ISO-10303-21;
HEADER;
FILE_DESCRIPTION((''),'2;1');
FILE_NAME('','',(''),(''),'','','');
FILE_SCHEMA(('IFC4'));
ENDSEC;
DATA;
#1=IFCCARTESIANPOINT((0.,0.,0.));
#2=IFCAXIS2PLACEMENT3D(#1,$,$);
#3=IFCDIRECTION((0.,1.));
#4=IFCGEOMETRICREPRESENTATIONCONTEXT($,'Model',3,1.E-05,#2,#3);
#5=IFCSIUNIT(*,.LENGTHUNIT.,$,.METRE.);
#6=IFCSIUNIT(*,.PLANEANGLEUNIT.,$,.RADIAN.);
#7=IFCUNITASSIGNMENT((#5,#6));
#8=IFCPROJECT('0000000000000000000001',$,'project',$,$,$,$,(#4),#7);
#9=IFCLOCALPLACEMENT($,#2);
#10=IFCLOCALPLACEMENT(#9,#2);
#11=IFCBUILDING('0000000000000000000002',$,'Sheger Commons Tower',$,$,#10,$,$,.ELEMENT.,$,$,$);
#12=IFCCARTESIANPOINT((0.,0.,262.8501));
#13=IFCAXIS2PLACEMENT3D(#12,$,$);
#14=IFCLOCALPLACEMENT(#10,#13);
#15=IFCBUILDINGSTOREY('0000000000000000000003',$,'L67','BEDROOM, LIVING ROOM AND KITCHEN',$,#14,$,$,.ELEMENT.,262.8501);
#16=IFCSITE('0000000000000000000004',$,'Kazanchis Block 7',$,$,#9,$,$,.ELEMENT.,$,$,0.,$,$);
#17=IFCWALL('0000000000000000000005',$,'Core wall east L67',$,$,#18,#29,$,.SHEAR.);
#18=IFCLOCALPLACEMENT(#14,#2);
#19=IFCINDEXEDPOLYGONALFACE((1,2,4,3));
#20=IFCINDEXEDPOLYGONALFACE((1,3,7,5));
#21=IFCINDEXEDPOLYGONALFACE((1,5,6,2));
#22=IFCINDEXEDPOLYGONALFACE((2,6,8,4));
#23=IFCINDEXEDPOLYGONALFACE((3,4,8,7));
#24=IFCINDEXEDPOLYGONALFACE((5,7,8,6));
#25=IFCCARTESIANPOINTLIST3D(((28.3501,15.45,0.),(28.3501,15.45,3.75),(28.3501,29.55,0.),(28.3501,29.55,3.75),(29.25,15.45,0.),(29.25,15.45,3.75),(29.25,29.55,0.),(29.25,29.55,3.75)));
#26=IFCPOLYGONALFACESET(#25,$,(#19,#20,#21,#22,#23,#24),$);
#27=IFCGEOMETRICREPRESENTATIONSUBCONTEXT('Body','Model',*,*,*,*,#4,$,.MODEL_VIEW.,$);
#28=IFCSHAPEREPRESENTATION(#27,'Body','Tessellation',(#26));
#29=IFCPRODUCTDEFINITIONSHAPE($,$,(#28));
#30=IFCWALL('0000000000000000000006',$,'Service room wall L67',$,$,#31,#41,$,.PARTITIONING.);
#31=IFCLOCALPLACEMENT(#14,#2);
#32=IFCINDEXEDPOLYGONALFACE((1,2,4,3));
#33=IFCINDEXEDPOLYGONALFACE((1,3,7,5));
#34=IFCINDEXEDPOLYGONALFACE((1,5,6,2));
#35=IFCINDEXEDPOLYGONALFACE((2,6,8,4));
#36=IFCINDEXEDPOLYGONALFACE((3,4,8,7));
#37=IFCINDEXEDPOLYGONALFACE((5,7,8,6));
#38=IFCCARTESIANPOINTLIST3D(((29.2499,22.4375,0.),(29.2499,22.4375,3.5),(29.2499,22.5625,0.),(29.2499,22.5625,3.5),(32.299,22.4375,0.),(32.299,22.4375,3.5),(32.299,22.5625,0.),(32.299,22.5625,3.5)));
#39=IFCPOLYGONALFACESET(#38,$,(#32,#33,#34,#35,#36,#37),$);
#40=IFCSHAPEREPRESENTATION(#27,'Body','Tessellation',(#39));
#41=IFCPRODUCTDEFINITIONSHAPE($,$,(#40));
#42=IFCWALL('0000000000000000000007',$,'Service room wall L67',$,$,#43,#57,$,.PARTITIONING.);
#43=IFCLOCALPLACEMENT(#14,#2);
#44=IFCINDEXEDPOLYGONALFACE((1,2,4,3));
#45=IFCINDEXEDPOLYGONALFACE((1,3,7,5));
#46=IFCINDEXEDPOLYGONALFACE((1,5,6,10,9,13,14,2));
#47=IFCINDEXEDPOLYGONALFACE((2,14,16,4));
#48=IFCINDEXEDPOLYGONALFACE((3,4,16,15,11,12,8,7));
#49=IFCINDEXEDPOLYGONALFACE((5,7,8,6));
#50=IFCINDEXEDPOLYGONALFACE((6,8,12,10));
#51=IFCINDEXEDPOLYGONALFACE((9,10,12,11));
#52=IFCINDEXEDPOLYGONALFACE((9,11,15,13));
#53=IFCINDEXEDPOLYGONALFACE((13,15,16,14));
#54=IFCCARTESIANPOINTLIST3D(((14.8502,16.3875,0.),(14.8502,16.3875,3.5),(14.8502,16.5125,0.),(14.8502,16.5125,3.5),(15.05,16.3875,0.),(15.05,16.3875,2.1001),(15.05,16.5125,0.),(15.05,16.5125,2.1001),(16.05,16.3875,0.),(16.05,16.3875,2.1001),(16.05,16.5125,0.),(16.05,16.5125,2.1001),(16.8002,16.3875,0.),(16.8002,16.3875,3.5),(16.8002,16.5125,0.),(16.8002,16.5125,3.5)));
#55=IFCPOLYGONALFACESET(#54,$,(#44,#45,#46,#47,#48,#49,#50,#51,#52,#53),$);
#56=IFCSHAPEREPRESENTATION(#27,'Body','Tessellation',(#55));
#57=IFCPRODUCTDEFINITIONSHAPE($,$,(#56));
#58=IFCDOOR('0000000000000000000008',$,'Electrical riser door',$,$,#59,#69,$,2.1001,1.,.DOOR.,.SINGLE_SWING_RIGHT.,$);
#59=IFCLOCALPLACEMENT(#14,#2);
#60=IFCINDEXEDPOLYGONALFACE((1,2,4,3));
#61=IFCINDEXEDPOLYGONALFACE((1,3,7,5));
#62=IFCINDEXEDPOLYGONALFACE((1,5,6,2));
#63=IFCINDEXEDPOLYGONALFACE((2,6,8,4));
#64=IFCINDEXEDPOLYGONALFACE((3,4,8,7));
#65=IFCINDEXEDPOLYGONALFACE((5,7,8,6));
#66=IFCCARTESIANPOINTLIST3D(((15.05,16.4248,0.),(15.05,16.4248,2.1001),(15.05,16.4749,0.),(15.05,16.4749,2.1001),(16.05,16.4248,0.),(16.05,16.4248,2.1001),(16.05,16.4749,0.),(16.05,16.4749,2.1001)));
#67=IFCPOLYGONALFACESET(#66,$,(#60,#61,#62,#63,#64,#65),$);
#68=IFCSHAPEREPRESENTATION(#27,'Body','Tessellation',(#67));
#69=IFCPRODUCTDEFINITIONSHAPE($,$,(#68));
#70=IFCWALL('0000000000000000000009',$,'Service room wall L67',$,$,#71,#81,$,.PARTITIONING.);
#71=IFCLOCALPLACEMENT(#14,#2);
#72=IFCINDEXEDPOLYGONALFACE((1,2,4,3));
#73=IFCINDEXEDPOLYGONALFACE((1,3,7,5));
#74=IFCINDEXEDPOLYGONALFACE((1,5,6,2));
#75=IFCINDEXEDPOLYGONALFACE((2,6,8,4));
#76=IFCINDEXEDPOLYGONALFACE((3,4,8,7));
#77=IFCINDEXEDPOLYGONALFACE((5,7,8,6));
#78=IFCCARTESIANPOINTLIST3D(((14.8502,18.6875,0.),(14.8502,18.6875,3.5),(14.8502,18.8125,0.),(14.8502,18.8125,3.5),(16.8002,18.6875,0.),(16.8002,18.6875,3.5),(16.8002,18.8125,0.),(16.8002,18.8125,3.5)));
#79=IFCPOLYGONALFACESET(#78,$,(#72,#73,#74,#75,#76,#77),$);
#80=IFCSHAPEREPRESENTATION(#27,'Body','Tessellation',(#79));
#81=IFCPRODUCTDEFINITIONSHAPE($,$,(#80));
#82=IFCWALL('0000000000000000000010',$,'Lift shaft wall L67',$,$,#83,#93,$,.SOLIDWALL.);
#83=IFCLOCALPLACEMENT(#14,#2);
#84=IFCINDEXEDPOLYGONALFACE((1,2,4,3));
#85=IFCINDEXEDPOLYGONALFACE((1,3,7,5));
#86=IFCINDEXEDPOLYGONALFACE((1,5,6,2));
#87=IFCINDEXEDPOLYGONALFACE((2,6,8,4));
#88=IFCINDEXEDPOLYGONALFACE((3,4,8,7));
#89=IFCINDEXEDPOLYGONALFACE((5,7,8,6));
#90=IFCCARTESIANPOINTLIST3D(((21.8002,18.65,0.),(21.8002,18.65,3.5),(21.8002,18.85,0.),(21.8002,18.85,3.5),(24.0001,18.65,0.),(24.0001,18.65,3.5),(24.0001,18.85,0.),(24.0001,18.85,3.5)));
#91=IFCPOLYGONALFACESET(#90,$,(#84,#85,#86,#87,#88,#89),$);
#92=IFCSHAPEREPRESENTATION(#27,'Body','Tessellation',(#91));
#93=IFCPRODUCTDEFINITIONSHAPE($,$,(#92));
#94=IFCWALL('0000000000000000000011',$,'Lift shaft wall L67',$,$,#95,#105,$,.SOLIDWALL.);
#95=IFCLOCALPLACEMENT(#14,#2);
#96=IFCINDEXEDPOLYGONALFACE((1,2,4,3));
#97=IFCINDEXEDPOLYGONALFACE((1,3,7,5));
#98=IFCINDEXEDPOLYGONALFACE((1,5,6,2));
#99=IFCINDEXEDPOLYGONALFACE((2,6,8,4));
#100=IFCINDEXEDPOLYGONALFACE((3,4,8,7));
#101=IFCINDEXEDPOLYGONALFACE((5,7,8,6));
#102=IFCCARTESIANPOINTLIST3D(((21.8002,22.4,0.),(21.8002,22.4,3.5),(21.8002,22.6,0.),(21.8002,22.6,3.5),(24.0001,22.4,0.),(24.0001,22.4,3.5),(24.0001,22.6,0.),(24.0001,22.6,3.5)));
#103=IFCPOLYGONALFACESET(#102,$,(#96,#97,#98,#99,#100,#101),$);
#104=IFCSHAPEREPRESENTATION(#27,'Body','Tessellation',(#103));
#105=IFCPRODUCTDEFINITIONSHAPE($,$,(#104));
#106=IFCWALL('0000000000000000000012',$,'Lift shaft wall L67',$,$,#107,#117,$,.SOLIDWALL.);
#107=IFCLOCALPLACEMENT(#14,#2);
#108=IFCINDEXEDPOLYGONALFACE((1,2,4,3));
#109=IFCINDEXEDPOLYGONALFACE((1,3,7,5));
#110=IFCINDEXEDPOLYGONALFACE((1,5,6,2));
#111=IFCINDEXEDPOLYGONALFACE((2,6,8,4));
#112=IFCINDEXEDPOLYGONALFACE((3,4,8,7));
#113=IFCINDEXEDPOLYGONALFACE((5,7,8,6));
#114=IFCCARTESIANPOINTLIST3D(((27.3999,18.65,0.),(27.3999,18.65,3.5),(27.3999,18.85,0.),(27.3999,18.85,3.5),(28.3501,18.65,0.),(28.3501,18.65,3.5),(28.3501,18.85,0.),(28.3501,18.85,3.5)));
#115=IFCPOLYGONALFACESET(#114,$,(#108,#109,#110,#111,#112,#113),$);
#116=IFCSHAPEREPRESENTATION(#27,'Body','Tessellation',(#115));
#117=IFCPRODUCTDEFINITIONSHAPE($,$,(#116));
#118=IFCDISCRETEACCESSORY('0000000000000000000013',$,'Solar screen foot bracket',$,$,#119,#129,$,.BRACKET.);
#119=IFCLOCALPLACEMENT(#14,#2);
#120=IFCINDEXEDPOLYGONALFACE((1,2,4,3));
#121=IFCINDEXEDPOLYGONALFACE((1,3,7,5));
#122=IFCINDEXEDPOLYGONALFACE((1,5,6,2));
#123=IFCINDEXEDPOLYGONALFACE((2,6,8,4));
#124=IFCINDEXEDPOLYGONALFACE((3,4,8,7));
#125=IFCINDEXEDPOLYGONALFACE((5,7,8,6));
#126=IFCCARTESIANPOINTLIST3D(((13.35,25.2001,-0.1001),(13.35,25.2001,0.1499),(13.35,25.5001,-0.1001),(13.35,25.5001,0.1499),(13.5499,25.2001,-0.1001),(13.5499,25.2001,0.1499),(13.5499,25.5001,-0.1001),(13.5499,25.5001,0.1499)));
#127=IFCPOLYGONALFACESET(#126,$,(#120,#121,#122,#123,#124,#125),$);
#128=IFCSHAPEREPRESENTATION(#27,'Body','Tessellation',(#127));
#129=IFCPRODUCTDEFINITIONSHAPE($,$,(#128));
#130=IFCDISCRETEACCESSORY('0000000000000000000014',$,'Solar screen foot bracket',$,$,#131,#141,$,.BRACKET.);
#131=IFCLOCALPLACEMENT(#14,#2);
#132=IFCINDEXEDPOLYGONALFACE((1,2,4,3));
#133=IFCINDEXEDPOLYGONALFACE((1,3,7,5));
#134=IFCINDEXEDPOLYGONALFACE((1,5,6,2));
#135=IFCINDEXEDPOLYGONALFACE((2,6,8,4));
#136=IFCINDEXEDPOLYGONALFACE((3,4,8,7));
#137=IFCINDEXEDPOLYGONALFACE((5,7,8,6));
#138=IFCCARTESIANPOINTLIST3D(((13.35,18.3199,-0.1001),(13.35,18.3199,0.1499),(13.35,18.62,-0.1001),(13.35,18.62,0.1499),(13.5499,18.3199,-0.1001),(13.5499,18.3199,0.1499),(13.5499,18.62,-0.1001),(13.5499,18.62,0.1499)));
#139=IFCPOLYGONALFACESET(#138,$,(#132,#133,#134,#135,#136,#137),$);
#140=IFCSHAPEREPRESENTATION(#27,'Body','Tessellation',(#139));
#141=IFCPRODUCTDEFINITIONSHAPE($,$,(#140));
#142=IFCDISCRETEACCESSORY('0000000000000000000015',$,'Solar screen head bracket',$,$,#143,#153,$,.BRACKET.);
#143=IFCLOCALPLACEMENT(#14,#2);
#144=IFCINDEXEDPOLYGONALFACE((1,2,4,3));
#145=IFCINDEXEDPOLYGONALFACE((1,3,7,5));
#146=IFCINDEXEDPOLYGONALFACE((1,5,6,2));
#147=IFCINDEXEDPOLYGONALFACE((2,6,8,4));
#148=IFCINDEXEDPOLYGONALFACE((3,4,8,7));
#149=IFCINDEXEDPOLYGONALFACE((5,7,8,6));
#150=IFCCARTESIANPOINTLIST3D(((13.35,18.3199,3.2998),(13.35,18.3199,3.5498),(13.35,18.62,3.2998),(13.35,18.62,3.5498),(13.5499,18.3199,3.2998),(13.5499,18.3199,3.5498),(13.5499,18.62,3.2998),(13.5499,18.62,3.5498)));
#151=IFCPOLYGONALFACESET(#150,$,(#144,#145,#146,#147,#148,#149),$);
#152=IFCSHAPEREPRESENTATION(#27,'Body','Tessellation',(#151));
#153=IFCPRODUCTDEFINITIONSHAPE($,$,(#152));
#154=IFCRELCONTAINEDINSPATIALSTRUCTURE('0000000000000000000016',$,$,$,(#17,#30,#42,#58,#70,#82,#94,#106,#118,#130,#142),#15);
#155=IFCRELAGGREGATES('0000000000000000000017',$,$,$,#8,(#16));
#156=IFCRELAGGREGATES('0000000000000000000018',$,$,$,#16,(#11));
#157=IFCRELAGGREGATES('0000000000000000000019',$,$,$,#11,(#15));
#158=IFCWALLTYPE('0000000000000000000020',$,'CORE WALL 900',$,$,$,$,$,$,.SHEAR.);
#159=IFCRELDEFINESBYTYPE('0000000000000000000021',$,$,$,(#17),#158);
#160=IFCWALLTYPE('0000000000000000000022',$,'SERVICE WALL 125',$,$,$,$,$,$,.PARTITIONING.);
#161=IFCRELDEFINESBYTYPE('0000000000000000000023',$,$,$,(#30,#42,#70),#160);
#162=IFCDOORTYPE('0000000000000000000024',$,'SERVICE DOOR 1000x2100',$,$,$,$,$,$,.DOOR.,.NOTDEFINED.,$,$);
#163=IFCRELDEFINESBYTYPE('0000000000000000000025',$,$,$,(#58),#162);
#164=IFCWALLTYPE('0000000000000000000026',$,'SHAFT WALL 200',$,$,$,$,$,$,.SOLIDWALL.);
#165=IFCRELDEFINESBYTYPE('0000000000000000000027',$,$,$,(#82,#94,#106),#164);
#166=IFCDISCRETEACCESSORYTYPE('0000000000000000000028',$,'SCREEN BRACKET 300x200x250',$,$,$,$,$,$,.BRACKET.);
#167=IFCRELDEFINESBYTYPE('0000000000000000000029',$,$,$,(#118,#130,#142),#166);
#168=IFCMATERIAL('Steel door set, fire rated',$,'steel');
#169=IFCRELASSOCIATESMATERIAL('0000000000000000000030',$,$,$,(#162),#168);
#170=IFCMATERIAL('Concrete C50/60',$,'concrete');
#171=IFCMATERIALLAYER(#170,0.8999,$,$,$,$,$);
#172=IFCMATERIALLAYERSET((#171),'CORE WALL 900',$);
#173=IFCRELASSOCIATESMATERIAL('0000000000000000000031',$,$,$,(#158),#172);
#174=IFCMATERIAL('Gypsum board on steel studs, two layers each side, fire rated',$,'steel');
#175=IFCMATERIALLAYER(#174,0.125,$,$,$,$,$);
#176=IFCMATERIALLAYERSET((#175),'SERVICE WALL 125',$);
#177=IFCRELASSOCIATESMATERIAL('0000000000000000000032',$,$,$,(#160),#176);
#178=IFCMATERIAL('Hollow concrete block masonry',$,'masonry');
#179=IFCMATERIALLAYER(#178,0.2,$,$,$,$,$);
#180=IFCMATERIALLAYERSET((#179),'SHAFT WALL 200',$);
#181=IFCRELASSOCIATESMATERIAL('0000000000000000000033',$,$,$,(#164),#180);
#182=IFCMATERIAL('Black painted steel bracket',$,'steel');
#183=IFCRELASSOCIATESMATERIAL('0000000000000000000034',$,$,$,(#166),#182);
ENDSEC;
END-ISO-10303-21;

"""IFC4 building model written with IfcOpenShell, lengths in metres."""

from ifc_helpers import new_model, si_unit, direction, frame, frame_2d, origin, origin_2d, place, context, subcontext, project, spatial, rectangle, extrude, material, layer, layer_set, type_object, element, fill, save


model = new_model("IFC4")

# Units and contexts
model_context = context("Model", 3, precision=1e-05, world=origin(), true_north=direction((0.0, 1.0)))
body_context = subcontext(model_context, "Body", "Model", "MODEL_VIEW")
ifc_project = project(units=[si_unit("LENGTHUNIT", "METRE"), si_unit("PLANEANGLEUNIT", "RADIAN")], contexts=[model_context])

# Site, building, storey
site_placement = place(None, origin())
site = spatial("IfcSite", under=ifc_project, at=site_placement, Name="Kazanchis Block 7", CompositionType="ELEMENT", RefElevation=0.0)
building_placement = place(site_placement, origin())
building = spatial("IfcBuilding", under=site, at=building_placement, Name="Sheger Commons Tower", CompositionType="ELEMENT")
storey_placement = place(building_placement, frame((0.0, 0.0, 262.8501)))
storey = spatial("IfcBuildingStorey", under=building, at=storey_placement, Name="L67", Description="BEDROOM, LIVING ROOM AND KITCHEN", CompositionType="ELEMENT", Elevation=262.8501)

# Shared definitions
ifc_material_1 = material(Name="Steel door set, fire rated", Category="steel")
door_type_1 = type_object("IfcDoorType", Name="SERVICE DOOR 1000x2100", OperationType="NOTDEFINED", PredefinedType="DOOR", material=ifc_material_1)

# Walls
ifc_material_2 = material(Name="Concrete C50/60", Category="concrete")
ifc_layer_1 = layer(ifc_material_2, 0.8999)
ifc_layer_set_1 = layer_set([ifc_layer_1], Name="CORE WALL 900")
wall_type_1 = type_object("IfcWallType", Name="CORE WALL 900", PredefinedType="SHEAR", material=ifc_layer_set_1)
for number, where, z_axis, x_axis, name in (
    (1, (28.8, 15.45, 0.0), (0.0, 0.0, 1.0), (0.0, 1.0, 0.0), "Core wall east L67"),
):
    element("IfcWall", number, at=place(storey_placement, frame(where, z_axis=z_axis, x_axis=x_axis)), inside=storey, type_object=wall_type_1, Name=name, PredefinedType="SHEAR", context=body_context, shape_type="SweptSolid", body=[
        extrude(rectangle(XDim=14.1001, YDim=0.8999, at=frame_2d((7.05, 0.0))), origin(), (0.0, 0.0, 1.0), 3.75),
    ])
ifc_material_3 = material(Name="Gypsum board on steel studs, two layers each side, fire rated", Category="steel")
ifc_layer_2 = layer(ifc_material_3, 0.125)
ifc_layer_set_2 = layer_set([ifc_layer_2], Name="SERVICE WALL 125")
wall_type_2 = type_object("IfcWallType", Name="SERVICE WALL 125", PredefinedType="PARTITIONING", material=ifc_layer_set_2)
wall_1_placement = place(storey_placement, frame((29.25, 22.5, 0.0), z_axis=(0.0, 0.0, 1.0), x_axis=(1.0, 0.0, 0.0)))
element("IfcWall", 2, at=wall_1_placement, inside=storey, type_object=wall_type_2, Name="Service room wall L67", PredefinedType="PARTITIONING", context=body_context, shape_type="SweptSolid", body=[
    extrude(rectangle(XDim=3.0491, YDim=0.125, at=frame_2d((1.5244, 0.0))), origin(), (0.0, 0.0, 1.0), 3.5),
])

# Wall, opening, door
wall_2_placement = place(storey_placement, frame((14.8501, 16.45, 0.0), z_axis=(0.0, 0.0, 1.0), x_axis=(1.0, 0.0, 0.0)))
wall_2 = element("IfcWall", 3, at=wall_2_placement, inside=storey, type_object=wall_type_2, Name="Service room wall L67", PredefinedType="PARTITIONING", context=body_context, shape_type="SweptSolid", body=[
    extrude(rectangle(XDim=1.95, YDim=0.125, at=frame_2d((0.9751, 0.0))), origin(), (0.0, 0.0, 1.0), 3.5),
])
opening_1_placement = place(wall_2_placement, frame((0.2, 0.0, 0.0)))
opening_1 = element("IfcOpeningElement", 4, at=opening_1_placement, cuts=wall_2, PredefinedType="OPENING", context=body_context, shape_type="SweptSolid", body=[
    extrude(rectangle(XDim=1.0, YDim=2.1001, at=frame_2d((0.5, 1.05))), frame((0.0, 0.0725, 0.0), z_axis=(0.0, -1.0, 0.0), x_axis=(1.0, 0.0, 0.0)), (0.0, 0.0, 1.0), 0.145),
])
door_1_placement = place(opening_1_placement, origin())
door_1 = element("IfcDoor", 5, at=door_1_placement, inside=storey, type_object=door_type_1, Name="Electrical riser door", OperationType="SINGLE_SWING_RIGHT", OverallHeight=2.1001, OverallWidth=1.0, PredefinedType="DOOR", context=body_context, shape_type="SweptSolid", body=[
    extrude(rectangle(XDim=1.0, YDim=2.1001, at=frame_2d((0.5, 1.05))), frame((0.0, 0.0249, 0.0), z_axis=(0.0, -1.0, 0.0), x_axis=(1.0, 0.0, 0.0)), (0.0, 0.0, 1.0), 0.05),
])
fill(opening_1, door_1)

# Walls
wall_3_placement = place(storey_placement, frame((14.8501, 18.75, 0.0), z_axis=(0.0, 0.0, 1.0), x_axis=(1.0, 0.0, 0.0)))
element("IfcWall", 6, at=wall_3_placement, inside=storey, type_object=wall_type_2, Name="Service room wall L67", PredefinedType="PARTITIONING", context=body_context, shape_type="SweptSolid", body=[
    extrude(rectangle(XDim=1.95, YDim=0.125, at=frame_2d((0.9751, 0.0))), origin(), (0.0, 0.0, 1.0), 3.5),
])
ifc_material_4 = material(Name="Hollow concrete block masonry", Category="masonry")
ifc_layer_3 = layer(ifc_material_4, 0.2)
ifc_layer_set_3 = layer_set([ifc_layer_3], Name="SHAFT WALL 200")
wall_type_3 = type_object("IfcWallType", Name="SHAFT WALL 200", PredefinedType="SOLIDWALL", material=ifc_layer_set_3)
for number, where, z_axis, x_axis, name in (
    (7, (21.8, 18.75, 0.0), (0.0, 0.0, 1.0), (1.0, 0.0, 0.0), "Lift shaft wall L67"),
    (8, (21.8, 22.5, 0.0), (0.0, 0.0, 1.0), (1.0, 0.0, 0.0), "Lift shaft wall L67"),
):
    element("IfcWall", number, at=place(storey_placement, frame(where, z_axis=z_axis, x_axis=x_axis)), inside=storey, type_object=wall_type_3, Name=name, PredefinedType="SOLIDWALL", context=body_context, shape_type="SweptSolid", body=[
        extrude(rectangle(XDim=2.2, YDim=0.2, at=frame_2d((1.1001, 0.0))), origin(), (0.0, 0.0, 1.0), 3.5),
    ])
wall_4_placement = place(storey_placement, frame((27.3999, 18.75, 0.0), z_axis=(0.0, 0.0, 1.0), x_axis=(1.0, 0.0, 0.0)))
element("IfcWall", 9, at=wall_4_placement, inside=storey, type_object=wall_type_3, Name="Lift shaft wall L67", PredefinedType="SOLIDWALL", context=body_context, shape_type="SweptSolid", body=[
    extrude(rectangle(XDim=0.9502, YDim=0.2, at=frame_2d((0.4751, 0.0))), origin(), (0.0, 0.0, 1.0), 3.5),
])

# Discrete accessories
ifc_material_5 = material(Name="Black painted steel bracket", Category="steel")
discrete_accessory_type = type_object("IfcDiscreteAccessoryType", Name="SCREEN BRACKET 300x200x250", PredefinedType="BRACKET", material=ifc_material_5)
for number, where, z_axis, x_axis, name in (
    (10, (13.45, 25.3501, -0.1001), (0.0, 0.0, 1.0), (0.0, -1.0, 0.0), "Solar screen foot bracket"),
    (11, (13.45, 18.47, -0.1001), (0.0, 0.0, 1.0), (0.0, -1.0, 0.0), "Solar screen foot bracket"),
    (12, (13.45, 18.47, 3.2998), (0.0, 0.0, 1.0), (0.0, -1.0, 0.0), "Solar screen head bracket"),
):
    element("IfcDiscreteAccessory", number, at=place(storey_placement, frame(where, z_axis=z_axis, x_axis=x_axis)), inside=storey, type_object=discrete_accessory_type, Name=name, PredefinedType="BRACKET", context=body_context, shape_type="SweptSolid", body=[
        extrude(rectangle(XDim=0.3, YDim=0.2, at=origin_2d()), origin(), (0.0, 0.0, 1.0), 0.25),
    ])

save(model, "model.ifc")
